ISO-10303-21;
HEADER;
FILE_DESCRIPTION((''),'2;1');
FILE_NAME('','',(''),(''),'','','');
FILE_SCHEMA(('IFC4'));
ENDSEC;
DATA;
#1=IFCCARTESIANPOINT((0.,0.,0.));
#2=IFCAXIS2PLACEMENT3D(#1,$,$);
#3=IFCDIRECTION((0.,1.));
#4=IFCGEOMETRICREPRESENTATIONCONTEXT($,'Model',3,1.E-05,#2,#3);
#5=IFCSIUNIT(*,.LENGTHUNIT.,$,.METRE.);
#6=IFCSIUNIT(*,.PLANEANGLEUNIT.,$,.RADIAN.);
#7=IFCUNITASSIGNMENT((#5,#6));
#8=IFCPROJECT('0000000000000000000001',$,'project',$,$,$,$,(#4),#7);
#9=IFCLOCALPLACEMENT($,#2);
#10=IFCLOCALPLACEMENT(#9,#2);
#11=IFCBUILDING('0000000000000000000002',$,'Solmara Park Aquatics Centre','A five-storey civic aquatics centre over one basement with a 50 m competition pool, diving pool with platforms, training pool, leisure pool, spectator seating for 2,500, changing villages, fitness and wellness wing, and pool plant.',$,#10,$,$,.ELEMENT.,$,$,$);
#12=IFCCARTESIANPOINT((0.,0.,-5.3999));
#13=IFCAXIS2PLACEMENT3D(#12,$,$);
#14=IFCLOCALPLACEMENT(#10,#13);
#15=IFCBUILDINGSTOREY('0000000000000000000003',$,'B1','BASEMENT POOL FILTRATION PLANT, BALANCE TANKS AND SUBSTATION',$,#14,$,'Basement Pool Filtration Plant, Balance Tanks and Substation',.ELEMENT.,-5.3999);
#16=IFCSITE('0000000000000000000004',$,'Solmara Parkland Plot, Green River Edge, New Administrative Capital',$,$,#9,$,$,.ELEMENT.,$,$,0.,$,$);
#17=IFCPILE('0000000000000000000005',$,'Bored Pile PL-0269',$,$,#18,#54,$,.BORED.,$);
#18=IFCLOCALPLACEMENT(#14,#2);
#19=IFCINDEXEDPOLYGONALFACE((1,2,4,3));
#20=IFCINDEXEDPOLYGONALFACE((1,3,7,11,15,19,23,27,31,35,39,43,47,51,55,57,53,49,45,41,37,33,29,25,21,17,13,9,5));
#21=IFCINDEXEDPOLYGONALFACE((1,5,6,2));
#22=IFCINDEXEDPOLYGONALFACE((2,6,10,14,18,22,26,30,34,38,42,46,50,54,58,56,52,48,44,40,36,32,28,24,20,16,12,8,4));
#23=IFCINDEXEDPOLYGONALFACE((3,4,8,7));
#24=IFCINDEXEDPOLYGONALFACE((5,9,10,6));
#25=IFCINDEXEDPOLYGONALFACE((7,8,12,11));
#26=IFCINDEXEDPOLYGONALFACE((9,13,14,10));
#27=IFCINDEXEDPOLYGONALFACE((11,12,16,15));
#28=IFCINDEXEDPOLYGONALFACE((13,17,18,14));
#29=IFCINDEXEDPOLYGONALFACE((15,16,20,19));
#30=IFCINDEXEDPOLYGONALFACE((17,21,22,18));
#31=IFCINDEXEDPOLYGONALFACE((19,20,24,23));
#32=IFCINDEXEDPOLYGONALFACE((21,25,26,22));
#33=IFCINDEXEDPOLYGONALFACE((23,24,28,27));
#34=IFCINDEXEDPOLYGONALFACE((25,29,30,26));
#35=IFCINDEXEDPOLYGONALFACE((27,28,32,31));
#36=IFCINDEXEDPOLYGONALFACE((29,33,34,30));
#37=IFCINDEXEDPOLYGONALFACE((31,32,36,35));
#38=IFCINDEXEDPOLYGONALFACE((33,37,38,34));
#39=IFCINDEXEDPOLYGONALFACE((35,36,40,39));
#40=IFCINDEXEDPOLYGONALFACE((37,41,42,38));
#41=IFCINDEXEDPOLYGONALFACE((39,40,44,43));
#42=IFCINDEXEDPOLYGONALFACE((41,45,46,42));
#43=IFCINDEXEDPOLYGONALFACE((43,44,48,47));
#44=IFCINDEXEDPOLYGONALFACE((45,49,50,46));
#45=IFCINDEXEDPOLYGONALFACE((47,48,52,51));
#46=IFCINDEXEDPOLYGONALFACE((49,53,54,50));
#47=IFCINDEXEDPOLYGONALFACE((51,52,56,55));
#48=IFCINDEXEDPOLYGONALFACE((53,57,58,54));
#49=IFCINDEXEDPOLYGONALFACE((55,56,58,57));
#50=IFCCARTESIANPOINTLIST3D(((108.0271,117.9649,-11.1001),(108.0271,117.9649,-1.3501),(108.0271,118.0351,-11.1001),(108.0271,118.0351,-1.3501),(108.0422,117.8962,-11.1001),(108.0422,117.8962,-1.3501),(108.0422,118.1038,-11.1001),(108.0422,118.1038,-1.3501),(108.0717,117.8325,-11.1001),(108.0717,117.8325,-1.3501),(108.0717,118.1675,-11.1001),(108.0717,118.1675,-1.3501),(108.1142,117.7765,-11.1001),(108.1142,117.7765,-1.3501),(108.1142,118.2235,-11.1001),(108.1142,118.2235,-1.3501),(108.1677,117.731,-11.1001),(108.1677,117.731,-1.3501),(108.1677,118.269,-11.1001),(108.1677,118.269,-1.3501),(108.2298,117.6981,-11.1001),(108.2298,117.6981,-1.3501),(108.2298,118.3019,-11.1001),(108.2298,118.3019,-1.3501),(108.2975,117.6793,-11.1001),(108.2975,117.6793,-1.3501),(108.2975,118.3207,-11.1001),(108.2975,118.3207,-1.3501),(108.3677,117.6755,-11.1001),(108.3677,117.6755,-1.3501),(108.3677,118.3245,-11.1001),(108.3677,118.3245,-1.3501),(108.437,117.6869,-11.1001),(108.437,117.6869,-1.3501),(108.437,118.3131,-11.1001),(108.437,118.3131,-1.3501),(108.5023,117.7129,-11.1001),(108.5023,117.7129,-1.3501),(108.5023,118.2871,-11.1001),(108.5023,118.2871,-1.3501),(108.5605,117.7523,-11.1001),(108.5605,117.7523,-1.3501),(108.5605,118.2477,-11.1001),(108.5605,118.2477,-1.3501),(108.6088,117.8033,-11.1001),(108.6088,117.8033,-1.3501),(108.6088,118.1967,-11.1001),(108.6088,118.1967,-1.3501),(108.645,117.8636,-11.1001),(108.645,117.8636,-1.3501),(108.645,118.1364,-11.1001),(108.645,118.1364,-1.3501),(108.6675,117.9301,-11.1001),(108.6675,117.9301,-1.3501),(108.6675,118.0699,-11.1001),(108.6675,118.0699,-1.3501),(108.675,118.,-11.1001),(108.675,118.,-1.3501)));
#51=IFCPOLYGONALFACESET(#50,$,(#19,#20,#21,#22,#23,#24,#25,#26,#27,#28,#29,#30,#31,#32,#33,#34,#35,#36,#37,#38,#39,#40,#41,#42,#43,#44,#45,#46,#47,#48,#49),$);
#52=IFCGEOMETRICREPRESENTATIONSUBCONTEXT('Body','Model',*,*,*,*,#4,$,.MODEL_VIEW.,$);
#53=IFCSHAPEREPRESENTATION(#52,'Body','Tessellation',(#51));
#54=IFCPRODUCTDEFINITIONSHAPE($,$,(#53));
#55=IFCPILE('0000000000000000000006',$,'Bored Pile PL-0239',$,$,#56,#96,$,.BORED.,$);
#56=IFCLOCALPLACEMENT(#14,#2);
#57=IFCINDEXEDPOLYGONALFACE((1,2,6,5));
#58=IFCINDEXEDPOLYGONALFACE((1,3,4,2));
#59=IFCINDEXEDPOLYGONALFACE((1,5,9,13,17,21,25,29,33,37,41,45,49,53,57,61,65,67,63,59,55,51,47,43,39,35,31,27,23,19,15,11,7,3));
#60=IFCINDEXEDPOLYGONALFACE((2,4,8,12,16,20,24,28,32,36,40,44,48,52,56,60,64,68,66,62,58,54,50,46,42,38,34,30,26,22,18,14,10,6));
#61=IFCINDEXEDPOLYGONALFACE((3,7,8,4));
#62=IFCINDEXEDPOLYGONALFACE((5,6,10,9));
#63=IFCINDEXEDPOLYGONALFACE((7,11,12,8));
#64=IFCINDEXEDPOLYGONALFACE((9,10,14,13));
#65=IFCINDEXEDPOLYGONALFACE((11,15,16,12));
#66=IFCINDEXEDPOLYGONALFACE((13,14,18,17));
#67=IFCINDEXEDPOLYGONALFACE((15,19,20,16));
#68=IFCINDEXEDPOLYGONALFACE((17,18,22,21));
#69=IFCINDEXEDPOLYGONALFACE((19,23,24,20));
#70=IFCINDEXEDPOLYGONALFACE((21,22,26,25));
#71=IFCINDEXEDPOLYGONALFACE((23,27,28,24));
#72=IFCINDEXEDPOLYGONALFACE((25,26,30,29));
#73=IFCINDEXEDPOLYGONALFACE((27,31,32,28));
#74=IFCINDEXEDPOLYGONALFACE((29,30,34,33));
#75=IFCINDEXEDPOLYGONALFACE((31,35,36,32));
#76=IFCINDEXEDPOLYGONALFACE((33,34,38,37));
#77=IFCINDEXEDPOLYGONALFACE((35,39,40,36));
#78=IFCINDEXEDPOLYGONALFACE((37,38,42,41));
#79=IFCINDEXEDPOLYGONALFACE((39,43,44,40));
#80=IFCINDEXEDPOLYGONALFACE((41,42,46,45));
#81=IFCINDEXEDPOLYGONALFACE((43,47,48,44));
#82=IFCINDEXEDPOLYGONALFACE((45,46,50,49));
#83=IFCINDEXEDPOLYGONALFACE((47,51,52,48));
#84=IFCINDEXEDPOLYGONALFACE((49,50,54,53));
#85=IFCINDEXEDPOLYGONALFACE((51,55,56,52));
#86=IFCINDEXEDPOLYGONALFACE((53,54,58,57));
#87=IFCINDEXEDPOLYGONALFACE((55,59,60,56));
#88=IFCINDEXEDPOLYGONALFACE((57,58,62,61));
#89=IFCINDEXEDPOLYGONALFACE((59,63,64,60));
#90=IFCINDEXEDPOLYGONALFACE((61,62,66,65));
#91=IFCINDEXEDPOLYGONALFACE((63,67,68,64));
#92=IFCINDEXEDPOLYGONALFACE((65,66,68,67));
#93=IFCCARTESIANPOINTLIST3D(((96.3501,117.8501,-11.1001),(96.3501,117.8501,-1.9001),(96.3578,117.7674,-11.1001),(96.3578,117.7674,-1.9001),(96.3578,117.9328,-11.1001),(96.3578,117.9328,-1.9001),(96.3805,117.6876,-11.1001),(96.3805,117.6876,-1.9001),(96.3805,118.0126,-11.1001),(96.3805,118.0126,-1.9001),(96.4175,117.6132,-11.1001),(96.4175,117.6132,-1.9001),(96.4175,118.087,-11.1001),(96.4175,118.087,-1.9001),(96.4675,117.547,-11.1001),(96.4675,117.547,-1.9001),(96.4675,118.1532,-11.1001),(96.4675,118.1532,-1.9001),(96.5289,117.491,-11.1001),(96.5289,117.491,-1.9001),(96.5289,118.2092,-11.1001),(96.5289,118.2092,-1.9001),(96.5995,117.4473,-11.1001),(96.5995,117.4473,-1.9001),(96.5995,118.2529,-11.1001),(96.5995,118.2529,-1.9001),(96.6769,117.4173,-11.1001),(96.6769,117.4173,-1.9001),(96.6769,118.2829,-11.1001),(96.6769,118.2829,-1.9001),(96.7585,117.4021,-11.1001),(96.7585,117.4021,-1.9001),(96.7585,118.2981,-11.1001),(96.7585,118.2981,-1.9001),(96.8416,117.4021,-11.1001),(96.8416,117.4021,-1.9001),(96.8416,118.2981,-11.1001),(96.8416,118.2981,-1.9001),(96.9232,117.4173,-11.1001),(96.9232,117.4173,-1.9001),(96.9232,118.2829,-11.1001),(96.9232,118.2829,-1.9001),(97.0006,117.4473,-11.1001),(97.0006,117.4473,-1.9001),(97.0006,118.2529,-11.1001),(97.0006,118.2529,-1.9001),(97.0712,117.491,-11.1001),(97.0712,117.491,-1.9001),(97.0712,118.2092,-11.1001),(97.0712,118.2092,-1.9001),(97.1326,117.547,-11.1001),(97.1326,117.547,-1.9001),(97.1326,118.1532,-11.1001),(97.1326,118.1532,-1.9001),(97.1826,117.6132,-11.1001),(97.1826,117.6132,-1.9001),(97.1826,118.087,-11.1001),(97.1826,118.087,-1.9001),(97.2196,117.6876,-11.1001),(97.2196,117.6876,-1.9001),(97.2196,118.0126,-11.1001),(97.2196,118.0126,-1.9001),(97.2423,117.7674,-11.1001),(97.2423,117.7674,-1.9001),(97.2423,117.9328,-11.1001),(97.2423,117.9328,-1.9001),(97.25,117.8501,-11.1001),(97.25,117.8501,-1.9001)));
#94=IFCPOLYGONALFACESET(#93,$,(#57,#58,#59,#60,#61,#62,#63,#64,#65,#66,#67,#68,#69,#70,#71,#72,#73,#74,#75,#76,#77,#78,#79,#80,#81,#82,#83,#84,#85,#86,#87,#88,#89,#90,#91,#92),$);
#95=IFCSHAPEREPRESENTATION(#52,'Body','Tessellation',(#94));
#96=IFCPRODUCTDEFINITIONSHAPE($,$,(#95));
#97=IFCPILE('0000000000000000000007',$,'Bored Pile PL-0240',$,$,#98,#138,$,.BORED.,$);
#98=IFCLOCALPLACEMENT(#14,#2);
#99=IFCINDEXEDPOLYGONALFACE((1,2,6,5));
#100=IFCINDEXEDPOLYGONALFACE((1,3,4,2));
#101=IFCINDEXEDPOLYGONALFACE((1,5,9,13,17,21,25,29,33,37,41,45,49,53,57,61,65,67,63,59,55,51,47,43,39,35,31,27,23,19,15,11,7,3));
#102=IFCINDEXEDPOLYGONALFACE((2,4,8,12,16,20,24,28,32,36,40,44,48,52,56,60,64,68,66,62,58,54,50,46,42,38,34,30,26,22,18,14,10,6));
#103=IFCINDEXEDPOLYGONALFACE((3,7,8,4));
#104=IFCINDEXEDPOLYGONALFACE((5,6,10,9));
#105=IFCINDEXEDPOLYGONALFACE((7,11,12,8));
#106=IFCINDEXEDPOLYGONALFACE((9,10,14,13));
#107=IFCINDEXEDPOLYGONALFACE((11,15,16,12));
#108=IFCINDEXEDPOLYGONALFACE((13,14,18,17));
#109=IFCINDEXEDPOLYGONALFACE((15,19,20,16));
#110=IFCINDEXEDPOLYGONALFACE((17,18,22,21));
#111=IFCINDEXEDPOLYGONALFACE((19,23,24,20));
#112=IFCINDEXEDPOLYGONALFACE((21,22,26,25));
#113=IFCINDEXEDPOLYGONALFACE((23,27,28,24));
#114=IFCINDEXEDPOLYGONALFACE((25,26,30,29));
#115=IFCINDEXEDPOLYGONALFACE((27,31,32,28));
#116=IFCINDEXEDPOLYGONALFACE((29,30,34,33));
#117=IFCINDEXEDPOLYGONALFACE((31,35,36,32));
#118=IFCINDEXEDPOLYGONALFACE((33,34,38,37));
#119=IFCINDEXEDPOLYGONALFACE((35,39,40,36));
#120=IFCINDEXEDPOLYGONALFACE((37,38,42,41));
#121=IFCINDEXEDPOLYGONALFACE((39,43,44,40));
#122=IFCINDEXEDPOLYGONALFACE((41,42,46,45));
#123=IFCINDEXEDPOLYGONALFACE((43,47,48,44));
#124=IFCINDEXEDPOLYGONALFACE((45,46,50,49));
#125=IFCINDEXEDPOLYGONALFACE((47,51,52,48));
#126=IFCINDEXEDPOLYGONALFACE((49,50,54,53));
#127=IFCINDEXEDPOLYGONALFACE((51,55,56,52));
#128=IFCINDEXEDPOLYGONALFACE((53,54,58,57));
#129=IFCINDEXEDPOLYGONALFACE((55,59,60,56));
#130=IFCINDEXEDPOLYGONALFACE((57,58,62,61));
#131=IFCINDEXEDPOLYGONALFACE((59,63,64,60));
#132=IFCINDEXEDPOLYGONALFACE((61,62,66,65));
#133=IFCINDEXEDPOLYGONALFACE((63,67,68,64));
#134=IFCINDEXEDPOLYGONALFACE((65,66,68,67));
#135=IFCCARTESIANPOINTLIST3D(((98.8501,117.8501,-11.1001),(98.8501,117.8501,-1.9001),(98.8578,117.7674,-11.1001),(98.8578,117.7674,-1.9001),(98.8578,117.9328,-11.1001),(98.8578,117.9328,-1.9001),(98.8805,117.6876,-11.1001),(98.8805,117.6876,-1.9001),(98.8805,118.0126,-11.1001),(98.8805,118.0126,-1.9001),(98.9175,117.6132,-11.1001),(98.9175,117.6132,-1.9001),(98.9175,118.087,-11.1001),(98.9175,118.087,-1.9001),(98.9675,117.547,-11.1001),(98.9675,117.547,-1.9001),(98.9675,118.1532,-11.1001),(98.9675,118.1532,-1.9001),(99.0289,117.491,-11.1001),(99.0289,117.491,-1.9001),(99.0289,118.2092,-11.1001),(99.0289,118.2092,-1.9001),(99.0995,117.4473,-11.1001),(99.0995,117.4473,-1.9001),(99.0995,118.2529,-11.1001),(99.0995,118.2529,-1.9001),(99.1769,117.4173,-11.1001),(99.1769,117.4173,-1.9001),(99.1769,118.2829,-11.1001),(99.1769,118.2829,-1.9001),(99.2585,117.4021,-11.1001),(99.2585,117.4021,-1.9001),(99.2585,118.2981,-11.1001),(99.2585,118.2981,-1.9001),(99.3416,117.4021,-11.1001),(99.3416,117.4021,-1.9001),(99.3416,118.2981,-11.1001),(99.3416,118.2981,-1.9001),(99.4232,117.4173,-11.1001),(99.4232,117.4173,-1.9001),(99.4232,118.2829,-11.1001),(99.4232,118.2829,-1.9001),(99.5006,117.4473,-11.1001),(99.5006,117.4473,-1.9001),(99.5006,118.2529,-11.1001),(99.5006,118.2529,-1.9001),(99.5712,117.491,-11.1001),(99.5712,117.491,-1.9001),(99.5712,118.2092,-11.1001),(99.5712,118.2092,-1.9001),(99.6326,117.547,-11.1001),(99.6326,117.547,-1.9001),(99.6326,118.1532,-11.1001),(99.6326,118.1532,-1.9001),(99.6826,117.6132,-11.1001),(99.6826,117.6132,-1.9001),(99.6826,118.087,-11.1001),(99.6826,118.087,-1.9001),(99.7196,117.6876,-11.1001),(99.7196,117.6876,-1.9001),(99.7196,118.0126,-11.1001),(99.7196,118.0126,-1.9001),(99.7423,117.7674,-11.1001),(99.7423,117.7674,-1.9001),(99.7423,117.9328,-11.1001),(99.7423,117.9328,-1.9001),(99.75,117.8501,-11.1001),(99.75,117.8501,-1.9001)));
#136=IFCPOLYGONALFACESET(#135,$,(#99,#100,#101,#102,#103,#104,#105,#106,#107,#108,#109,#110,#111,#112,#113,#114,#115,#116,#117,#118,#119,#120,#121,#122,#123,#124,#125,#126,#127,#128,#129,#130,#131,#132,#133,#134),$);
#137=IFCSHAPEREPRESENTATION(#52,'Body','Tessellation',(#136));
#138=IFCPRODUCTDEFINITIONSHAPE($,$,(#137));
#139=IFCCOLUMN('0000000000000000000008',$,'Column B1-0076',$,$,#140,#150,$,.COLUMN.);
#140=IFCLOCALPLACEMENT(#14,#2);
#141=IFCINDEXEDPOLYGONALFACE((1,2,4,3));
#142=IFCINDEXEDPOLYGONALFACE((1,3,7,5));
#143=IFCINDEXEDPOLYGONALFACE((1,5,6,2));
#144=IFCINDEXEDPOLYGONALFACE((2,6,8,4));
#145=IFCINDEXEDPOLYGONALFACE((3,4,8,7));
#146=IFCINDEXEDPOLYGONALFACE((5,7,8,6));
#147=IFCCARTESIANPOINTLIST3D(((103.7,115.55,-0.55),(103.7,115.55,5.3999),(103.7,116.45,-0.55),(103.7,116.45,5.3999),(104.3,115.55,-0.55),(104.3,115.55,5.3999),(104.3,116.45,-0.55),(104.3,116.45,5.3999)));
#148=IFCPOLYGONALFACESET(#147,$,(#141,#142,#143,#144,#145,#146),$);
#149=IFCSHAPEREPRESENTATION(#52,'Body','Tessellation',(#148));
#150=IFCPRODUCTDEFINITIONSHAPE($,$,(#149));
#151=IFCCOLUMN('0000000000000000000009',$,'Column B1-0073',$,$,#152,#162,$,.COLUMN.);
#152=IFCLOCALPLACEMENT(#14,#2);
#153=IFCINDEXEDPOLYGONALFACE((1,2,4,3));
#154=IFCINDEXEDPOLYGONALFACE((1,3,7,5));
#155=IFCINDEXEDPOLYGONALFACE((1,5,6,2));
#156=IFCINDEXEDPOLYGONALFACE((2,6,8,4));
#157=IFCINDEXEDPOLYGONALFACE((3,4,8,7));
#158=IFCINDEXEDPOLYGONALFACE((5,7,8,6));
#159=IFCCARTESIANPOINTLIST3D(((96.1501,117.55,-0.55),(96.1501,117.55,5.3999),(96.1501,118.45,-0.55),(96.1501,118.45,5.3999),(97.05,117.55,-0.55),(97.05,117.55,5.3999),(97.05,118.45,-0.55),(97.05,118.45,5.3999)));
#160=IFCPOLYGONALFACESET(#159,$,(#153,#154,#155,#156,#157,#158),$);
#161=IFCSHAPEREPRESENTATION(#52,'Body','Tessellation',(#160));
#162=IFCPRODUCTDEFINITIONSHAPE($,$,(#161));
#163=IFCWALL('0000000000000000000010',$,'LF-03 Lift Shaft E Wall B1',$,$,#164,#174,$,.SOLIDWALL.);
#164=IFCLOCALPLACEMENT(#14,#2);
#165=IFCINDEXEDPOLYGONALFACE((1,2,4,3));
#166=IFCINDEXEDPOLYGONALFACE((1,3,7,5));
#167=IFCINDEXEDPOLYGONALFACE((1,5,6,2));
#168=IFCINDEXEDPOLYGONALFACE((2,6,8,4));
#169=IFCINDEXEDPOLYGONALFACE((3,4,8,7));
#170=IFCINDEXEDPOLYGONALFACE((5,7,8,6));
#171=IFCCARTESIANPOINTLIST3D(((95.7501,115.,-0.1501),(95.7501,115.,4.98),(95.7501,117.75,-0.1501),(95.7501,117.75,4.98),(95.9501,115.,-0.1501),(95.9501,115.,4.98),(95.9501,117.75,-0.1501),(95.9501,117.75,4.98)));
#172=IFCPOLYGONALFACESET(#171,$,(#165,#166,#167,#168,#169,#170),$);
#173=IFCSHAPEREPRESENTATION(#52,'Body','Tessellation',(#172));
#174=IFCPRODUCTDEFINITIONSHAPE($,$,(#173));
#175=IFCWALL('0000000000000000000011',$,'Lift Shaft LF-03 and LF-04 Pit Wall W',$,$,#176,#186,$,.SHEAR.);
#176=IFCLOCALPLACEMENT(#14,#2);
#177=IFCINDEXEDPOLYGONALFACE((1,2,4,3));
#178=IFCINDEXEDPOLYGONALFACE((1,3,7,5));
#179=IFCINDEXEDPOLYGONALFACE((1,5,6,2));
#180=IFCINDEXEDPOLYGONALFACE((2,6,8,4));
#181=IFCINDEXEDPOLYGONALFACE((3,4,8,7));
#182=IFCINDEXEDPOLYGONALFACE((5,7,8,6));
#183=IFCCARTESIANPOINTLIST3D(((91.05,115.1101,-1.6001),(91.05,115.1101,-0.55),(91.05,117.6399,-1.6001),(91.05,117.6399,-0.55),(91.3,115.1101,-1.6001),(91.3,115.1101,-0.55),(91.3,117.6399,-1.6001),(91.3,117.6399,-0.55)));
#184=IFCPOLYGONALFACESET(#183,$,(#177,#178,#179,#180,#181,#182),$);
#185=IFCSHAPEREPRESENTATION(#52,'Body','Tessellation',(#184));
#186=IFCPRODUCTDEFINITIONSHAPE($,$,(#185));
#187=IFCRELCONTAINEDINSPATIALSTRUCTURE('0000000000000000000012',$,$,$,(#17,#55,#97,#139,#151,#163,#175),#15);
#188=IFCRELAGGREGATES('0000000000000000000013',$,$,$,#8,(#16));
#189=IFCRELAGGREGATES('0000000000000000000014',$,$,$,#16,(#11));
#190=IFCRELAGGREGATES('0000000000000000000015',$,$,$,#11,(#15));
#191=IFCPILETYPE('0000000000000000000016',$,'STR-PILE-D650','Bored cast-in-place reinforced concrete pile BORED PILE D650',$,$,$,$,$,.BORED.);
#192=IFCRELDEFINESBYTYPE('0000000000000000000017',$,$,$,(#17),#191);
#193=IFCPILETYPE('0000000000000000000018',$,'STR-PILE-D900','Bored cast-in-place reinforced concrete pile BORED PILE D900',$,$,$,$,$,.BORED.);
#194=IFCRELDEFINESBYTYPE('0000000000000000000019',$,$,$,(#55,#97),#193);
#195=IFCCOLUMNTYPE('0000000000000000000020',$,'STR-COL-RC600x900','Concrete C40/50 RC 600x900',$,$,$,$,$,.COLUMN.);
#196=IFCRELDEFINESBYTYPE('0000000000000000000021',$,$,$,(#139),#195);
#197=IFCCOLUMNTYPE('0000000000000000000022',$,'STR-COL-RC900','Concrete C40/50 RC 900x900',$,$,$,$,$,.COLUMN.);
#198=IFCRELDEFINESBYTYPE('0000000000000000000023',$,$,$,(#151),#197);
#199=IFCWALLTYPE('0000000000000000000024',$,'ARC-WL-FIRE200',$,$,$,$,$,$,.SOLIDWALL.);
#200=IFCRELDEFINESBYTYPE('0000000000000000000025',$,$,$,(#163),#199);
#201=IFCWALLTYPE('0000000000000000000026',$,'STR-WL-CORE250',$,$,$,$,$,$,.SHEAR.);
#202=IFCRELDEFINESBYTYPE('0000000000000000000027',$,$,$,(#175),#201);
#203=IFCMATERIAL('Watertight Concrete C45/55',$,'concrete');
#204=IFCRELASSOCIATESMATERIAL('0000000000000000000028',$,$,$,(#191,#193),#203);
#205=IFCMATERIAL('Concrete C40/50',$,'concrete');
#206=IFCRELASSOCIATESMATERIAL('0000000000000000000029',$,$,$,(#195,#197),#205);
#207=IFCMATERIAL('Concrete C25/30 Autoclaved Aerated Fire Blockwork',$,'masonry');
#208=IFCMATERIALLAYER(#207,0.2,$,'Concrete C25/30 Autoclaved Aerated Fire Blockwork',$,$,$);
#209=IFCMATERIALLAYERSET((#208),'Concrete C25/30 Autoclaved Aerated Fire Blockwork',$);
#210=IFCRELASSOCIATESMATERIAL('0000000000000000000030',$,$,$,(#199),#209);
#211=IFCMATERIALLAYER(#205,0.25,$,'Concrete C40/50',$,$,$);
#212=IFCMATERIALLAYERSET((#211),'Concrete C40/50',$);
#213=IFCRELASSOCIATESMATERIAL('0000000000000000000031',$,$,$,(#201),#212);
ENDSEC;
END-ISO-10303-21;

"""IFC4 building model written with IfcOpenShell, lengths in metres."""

from ifc_helpers import new_model, si_unit, direction, frame, frame_2d, origin, origin_2d, place, context, subcontext, project, spatial, rectangle, circle, extrude, material, layer, layer_set, material_profile, profile_set, type_object, element, save


model = new_model("IFC4")

# Units and contexts
model_context = context("Model", 3, precision=1e-05, world=origin(), true_north=direction((0.0, 1.0)))
body_context = subcontext(model_context, "Body", "Model", "MODEL_VIEW")
ifc_project = project(units=[si_unit("LENGTHUNIT", "METRE"), si_unit("PLANEANGLEUNIT", "RADIAN")], contexts=[model_context])

# Site, building, storey
site_placement = place(None, origin())
site = spatial("IfcSite", under=ifc_project, at=site_placement, Name="Solmara Parkland Plot, Green River Edge, New Administrative Capital", CompositionType="ELEMENT", RefElevation=0.0)
building_placement = place(site_placement, origin())
building = spatial("IfcBuilding", under=site, at=building_placement, Name="Solmara Park Aquatics Centre", Description="A five-storey civic aquatics centre over one basement with a 50 m competition pool, diving pool with platforms, training pool, leisure pool, spectator seating for 2,500, changing villages, fitness and wellness wing, and pool plant.", CompositionType="ELEMENT")
storey_placement = place(building_placement, frame((0.0, 0.0, -5.3999)))
storey = spatial("IfcBuildingStorey", under=building, at=storey_placement, Name="B1", Description="BASEMENT POOL FILTRATION PLANT, BALANCE TANKS AND SUBSTATION", LongName="Basement Pool Filtration Plant, Balance Tanks and Substation", CompositionType="ELEMENT", Elevation=-5.3999)

# Shared definitions
ifc_material_1 = material(Name="Watertight Concrete C45/55", Category="concrete")

# Piles
ifc_material_profile_1 = material_profile(ifc_material_1, circle(Radius=0.325, at=origin_2d()), Name="BORED PILE D650")
ifc_profile_set_1 = profile_set([ifc_material_profile_1], Name="Watertight Concrete C45/55")
pile_type_1 = type_object("IfcPileType", Name="STR-PILE-D650", Description="Bored cast-in-place reinforced concrete pile BORED PILE D650", PredefinedType="BORED", material=ifc_profile_set_1)
pile_placement = place(storey_placement, frame((108.3501, 118.0, -1.3501), z_axis=(0.0, 0.0, -1.0), x_axis=(1.0, 0.0, 0.0)))
element("IfcPile", 1, at=pile_placement, inside=storey, type_object=pile_type_1, Name="Bored Pile PL-0269", PredefinedType="BORED", context=body_context, shape_type="SweptSolid", body=[
    extrude(circle(Radius=0.325, at=origin_2d()), origin(), (0.0, 0.0, 1.0), 9.75),
])
ifc_material_profile_2 = material_profile(ifc_material_1, circle(Radius=0.45, at=origin_2d()), Name="BORED PILE D900")
ifc_profile_set_2 = profile_set([ifc_material_profile_2], Name="Watertight Concrete C45/55")
pile_type_2 = type_object("IfcPileType", Name="STR-PILE-D900", Description="Bored cast-in-place reinforced concrete pile BORED PILE D900", PredefinedType="BORED", material=ifc_profile_set_2)
for number, where, z_axis, x_axis, name in (
    (2, (96.8, 117.8501, -1.9001), (0.0, 0.0, -1.0), (1.0, 0.0, 0.0), "Bored Pile PL-0239"),
    (3, (99.3, 117.8501, -1.9001), (0.0, 0.0, -1.0), (1.0, 0.0, 0.0), "Bored Pile PL-0240"),
):
    element("IfcPile", number, at=place(storey_placement, frame(where, z_axis=z_axis, x_axis=x_axis)), inside=storey, type_object=pile_type_2, Name=name, PredefinedType="BORED", context=body_context, shape_type="SweptSolid", body=[
        extrude(circle(Radius=0.45, at=origin_2d()), origin(), (0.0, 0.0, 1.0), 9.2),
    ])

# Columns
ifc_material_2 = material(Name="Concrete C40/50", Category="concrete")
ifc_material_profile_3 = material_profile(ifc_material_2, rectangle(XDim=0.6001, YDim=0.8999, at=origin_2d()), Name="RC 600x900")
ifc_profile_set_3 = profile_set([ifc_material_profile_3], Name="Concrete C40/50")
column_type_1 = type_object("IfcColumnType", Name="STR-COL-RC600x900", Description="Concrete C40/50 RC 600x900", PredefinedType="COLUMN", material=ifc_profile_set_3)
column_1_placement = place(storey_placement, frame((104.0, 116.0, -0.55), z_axis=(0.0, 0.0, 1.0), x_axis=(1.0, 0.0, 0.0)))
element("IfcColumn", 4, at=column_1_placement, inside=storey, type_object=column_type_1, Name="Column B1-0076", PredefinedType="COLUMN", context=body_context, shape_type="SweptSolid", body=[
    extrude(rectangle(XDim=0.6001, YDim=0.8999, at=origin_2d()), origin(), (0.0, 0.0, 1.0), 5.95),
])
ifc_material_profile_4 = material_profile(ifc_material_2, rectangle(XDim=0.8999, YDim=0.8999, at=origin_2d()), Name="RC 900x900")
ifc_profile_set_4 = profile_set([ifc_material_profile_4], Name="Concrete C40/50")
column_type_2 = type_object("IfcColumnType", Name="STR-COL-RC900", Description="Concrete C40/50 RC 900x900", PredefinedType="COLUMN", material=ifc_profile_set_4)
column_2_placement = place(storey_placement, frame((96.6001, 118.0, -0.55), z_axis=(0.0, 0.0, 1.0), x_axis=(1.0, 0.0, 0.0)))
element("IfcColumn", 5, at=column_2_placement, inside=storey, type_object=column_type_2, Name="Column B1-0073", PredefinedType="COLUMN", context=body_context, shape_type="SweptSolid", body=[
    extrude(rectangle(XDim=0.8999, YDim=0.8999, at=origin_2d()), origin(), (0.0, 0.0, 1.0), 5.95),
])

# Walls
ifc_material_3 = material(Name="Concrete C25/30 Autoclaved Aerated Fire Blockwork", Category="masonry")
ifc_layer_1 = layer(ifc_material_3, 0.2, Name="Concrete C25/30 Autoclaved Aerated Fire Blockwork")
ifc_layer_set_1 = layer_set([ifc_layer_1], Name="Concrete C25/30 Autoclaved Aerated Fire Blockwork")
wall_type_1 = type_object("IfcWallType", Name="ARC-WL-FIRE200", PredefinedType="SOLIDWALL", material=ifc_layer_set_1)
wall_placement = place(storey_placement, frame((95.8501, 115.0, -0.1501), z_axis=(0.0, 0.0, 1.0), x_axis=(0.0, 1.0, 0.0)))
element("IfcWall", 6, at=wall_placement, inside=storey, type_object=wall_type_1, Name="LF-03 Lift Shaft E Wall B1", PredefinedType="SOLIDWALL", context=body_context, shape_type="SweptSolid", body=[
    extrude(rectangle(XDim=2.75, YDim=0.2, at=frame_2d((1.375, 0.0))), origin(), (0.0, 0.0, 1.0), 5.1301),
])
ifc_layer_2 = layer(ifc_material_2, 0.25, Name="Concrete C40/50")
ifc_layer_set_2 = layer_set([ifc_layer_2], Name="Concrete C40/50")
wall_type_2 = type_object("IfcWallType", Name="STR-WL-CORE250", PredefinedType="SHEAR", material=ifc_layer_set_2)
for number, where, z_axis, x_axis, name in (
    (7, (91.175, 115.1101, -1.6001), (0.0, 0.0, 1.0), (0.0, 1.0, 0.0), "Lift Shaft LF-03 and LF-04 Pit Wall W"),
):
    element("IfcWall", number, at=place(storey_placement, frame(where, z_axis=z_axis, x_axis=x_axis)), inside=storey, type_object=wall_type_2, Name=name, PredefinedType="SHEAR", context=body_context, shape_type="SweptSolid", body=[
        extrude(rectangle(XDim=2.5298, YDim=0.25, at=frame_2d((1.2649, 0.0))), origin(), (0.0, 0.0, 1.0), 1.05),
    ])

save(model, "model.ifc")
